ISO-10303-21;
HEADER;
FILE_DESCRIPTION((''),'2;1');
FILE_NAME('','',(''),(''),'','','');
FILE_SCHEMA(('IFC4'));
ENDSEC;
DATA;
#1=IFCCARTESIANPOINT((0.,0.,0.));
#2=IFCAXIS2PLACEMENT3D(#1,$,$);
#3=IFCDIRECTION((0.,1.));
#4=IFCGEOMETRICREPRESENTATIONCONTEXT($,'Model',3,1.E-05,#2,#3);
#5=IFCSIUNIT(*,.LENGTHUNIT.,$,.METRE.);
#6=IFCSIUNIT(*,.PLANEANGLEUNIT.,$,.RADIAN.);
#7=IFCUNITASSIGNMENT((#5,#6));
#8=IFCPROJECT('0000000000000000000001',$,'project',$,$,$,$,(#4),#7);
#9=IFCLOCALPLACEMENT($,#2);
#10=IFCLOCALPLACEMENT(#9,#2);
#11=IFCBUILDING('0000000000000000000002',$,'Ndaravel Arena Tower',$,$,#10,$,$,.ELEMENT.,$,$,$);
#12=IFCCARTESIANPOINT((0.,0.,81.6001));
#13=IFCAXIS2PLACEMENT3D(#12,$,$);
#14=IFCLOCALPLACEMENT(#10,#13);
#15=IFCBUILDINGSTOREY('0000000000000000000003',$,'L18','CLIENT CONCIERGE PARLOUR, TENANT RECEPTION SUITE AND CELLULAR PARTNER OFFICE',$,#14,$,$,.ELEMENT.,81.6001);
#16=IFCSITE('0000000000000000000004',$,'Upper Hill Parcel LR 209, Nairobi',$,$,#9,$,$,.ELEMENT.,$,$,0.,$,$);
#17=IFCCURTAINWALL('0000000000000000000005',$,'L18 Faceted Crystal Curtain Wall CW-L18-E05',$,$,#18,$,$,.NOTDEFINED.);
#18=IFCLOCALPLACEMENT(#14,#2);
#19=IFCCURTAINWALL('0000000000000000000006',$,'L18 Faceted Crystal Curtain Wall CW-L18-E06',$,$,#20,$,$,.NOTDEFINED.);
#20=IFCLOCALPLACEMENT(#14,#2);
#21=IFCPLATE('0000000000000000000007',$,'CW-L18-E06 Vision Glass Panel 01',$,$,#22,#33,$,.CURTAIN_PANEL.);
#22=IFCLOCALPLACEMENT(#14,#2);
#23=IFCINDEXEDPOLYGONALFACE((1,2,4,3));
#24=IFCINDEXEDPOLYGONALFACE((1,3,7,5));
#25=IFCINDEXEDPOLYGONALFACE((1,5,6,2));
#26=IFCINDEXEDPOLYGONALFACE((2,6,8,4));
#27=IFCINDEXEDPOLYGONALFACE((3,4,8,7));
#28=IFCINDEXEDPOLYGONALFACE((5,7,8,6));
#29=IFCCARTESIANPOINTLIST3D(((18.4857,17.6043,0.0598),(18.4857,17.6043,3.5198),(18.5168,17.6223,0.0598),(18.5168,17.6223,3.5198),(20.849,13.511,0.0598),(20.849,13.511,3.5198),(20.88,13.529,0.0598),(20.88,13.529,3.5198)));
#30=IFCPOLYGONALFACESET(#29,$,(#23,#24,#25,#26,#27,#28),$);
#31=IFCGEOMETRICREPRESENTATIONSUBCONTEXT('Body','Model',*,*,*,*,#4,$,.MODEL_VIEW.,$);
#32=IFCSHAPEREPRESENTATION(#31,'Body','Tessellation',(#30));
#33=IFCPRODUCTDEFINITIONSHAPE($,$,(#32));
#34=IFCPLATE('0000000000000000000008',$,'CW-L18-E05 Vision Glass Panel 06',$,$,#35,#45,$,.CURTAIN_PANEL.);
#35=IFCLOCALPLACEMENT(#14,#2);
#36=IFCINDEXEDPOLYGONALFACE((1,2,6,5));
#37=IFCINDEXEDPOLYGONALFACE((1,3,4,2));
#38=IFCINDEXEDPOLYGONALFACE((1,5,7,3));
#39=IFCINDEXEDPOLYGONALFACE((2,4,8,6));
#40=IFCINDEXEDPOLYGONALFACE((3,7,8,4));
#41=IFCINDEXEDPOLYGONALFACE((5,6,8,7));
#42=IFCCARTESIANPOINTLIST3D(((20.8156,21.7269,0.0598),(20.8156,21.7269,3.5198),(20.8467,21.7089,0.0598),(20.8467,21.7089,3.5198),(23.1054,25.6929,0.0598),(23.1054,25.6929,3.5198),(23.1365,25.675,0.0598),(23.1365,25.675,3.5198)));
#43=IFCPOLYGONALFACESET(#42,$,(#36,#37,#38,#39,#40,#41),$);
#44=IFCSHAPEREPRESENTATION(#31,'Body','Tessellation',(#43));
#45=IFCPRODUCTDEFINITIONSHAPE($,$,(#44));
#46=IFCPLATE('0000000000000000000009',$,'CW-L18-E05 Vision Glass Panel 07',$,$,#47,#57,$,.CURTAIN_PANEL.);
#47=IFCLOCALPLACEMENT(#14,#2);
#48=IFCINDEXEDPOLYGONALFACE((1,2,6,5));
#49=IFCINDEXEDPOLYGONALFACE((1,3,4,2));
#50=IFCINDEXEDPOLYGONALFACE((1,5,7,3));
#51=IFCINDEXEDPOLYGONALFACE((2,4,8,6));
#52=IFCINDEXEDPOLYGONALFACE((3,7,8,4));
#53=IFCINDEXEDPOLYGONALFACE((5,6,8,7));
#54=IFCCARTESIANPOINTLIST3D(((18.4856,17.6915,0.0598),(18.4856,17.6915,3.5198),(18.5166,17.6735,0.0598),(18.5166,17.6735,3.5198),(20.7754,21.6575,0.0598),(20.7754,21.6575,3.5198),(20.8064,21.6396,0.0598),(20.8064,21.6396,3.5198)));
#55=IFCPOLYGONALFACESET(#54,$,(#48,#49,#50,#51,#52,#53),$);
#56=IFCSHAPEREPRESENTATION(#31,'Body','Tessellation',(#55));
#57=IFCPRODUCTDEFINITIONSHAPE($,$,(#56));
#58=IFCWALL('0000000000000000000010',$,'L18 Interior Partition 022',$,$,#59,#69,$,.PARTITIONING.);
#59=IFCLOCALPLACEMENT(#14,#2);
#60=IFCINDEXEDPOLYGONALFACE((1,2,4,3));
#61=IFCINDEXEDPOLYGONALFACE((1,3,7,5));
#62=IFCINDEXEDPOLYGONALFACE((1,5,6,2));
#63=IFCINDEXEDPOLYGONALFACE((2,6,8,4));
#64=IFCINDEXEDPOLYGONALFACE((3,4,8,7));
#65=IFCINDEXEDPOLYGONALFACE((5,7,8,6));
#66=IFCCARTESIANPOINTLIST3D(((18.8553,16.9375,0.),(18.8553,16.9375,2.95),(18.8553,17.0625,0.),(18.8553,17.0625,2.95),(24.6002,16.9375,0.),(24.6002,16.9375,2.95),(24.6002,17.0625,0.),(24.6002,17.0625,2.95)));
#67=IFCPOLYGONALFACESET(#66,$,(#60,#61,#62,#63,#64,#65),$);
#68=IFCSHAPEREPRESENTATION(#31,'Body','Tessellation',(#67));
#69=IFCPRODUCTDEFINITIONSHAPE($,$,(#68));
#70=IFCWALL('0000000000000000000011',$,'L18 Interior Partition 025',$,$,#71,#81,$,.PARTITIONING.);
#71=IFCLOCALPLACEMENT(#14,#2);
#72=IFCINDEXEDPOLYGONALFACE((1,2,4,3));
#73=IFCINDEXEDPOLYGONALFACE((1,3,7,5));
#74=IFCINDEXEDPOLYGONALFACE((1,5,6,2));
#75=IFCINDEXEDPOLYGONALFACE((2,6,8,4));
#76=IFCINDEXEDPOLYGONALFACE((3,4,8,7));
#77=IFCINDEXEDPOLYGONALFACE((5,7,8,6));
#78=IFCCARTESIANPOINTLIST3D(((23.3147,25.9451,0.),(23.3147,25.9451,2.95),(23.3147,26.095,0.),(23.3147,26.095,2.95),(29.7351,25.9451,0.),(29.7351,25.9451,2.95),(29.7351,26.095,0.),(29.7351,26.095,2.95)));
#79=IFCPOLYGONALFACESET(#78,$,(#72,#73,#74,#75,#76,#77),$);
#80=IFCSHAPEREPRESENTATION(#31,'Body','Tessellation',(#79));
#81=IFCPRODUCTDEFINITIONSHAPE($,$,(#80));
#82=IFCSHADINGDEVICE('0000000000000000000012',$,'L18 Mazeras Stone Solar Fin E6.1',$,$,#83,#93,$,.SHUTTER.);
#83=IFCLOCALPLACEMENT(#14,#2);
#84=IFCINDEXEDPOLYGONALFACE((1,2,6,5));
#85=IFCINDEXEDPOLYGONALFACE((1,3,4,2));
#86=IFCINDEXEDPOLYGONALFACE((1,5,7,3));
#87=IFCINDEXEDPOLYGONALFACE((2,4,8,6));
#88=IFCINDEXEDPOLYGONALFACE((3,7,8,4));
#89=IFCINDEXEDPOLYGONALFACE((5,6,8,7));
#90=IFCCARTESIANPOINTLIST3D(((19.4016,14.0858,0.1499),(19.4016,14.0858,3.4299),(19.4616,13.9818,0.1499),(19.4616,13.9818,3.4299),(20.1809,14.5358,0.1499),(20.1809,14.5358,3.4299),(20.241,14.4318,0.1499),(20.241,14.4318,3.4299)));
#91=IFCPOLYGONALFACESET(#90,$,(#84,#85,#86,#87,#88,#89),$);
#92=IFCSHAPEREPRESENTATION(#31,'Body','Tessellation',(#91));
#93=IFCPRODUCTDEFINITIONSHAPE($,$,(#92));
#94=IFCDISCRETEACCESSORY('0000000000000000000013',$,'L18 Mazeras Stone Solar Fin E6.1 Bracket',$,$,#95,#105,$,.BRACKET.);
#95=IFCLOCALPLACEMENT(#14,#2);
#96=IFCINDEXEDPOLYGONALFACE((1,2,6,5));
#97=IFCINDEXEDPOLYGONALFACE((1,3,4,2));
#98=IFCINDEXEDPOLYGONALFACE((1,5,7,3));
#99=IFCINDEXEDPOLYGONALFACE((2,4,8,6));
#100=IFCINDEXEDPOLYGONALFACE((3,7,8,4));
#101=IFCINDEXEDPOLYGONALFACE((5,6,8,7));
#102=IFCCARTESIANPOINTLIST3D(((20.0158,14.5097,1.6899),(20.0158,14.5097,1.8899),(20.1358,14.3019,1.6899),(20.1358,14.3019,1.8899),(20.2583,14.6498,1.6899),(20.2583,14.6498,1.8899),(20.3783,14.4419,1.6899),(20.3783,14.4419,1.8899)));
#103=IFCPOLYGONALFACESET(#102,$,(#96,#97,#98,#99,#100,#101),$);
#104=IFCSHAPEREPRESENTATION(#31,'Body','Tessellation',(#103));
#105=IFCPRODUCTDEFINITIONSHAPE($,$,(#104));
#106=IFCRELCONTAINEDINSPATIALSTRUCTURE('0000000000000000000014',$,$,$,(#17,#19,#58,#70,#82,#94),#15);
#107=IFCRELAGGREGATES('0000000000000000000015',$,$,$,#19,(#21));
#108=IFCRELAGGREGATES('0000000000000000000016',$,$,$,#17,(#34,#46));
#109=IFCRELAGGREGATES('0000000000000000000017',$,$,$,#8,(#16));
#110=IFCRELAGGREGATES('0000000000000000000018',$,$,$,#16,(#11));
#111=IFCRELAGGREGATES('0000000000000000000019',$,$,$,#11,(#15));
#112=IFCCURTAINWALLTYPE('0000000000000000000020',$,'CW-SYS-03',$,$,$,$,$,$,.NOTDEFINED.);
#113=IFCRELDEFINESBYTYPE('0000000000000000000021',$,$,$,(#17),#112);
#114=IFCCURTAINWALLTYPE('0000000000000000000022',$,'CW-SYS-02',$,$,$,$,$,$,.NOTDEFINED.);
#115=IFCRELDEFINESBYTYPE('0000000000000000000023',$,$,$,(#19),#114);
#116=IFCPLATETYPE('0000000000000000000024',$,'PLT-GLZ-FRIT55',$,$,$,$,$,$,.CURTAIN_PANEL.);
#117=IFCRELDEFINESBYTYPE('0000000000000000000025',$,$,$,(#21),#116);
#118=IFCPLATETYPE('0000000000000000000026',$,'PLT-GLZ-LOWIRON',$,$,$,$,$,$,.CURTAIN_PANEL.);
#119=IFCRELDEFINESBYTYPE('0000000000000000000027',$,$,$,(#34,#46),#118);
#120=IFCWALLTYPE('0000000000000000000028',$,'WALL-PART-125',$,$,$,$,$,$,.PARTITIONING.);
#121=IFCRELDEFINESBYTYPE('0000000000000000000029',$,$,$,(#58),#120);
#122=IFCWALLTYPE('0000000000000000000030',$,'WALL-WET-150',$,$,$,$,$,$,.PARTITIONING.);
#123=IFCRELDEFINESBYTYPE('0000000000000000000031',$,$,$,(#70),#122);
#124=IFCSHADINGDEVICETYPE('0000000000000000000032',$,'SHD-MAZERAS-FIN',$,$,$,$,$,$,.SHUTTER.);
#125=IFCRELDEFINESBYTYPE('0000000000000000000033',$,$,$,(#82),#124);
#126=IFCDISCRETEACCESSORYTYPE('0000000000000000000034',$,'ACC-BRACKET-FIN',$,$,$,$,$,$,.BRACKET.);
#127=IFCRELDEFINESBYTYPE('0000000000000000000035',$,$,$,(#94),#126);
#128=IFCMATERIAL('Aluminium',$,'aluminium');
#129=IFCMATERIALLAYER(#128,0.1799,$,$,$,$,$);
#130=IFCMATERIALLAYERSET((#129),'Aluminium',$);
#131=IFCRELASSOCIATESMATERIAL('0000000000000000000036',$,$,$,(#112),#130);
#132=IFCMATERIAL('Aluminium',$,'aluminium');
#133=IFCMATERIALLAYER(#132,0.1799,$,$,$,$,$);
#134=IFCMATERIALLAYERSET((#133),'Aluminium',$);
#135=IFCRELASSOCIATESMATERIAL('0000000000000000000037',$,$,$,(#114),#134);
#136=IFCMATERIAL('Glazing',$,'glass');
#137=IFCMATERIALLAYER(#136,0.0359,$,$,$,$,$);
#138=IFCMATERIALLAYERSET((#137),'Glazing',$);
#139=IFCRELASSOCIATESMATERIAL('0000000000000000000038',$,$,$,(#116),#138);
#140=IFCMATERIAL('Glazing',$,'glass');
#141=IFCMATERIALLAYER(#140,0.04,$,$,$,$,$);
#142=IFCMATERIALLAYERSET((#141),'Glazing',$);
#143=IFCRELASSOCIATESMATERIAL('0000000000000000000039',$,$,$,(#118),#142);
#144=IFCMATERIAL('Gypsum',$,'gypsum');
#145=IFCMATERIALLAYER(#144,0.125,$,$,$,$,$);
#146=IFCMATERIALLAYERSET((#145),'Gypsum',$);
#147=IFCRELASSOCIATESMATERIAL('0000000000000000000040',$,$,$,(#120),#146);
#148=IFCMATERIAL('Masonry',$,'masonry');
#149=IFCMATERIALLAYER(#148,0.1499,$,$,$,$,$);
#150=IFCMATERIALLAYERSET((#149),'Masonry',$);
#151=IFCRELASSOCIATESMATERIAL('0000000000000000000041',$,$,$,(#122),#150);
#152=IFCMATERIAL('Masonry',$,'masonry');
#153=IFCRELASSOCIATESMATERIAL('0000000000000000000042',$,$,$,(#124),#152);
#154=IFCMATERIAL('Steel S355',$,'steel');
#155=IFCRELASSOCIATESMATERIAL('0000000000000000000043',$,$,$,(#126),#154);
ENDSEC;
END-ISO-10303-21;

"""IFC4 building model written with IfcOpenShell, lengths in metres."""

from ifc_helpers import new_model, si_unit, direction, frame, frame_2d, origin, origin_2d, place, context, subcontext, project, spatial, rectangle, extrude, material, layer, layer_set, type_object, element, aggregate, save


model = new_model("IFC4")

# Units and contexts
model_context = context("Model", 3, precision=1e-05, world=origin(), true_north=direction((0.0, 1.0)))
body_context = subcontext(model_context, "Body", "Model", "MODEL_VIEW")
ifc_project = project(units=[si_unit("LENGTHUNIT", "METRE"), si_unit("PLANEANGLEUNIT", "RADIAN")], contexts=[model_context])

# Site, building, storey
site_placement = place(None, origin())
site = spatial("IfcSite", under=ifc_project, at=site_placement, Name="Upper Hill Parcel LR 209, Nairobi", CompositionType="ELEMENT", RefElevation=0.0)
building_placement = place(site_placement, origin())
building = spatial("IfcBuilding", under=site, at=building_placement, Name="Ndaravel Arena Tower", CompositionType="ELEMENT")
storey_placement = place(building_placement, frame((0.0, 0.0, 81.6001)))
storey = spatial("IfcBuildingStorey", under=building, at=storey_placement, Name="L18", Description="CLIENT CONCIERGE PARLOUR, TENANT RECEPTION SUITE AND CELLULAR PARTNER OFFICE", CompositionType="ELEMENT", Elevation=81.6001)

# Curtain wall
ifc_material_1 = material(Name="Aluminium", Category="aluminium")
ifc_layer_1 = layer(ifc_material_1, 0.1799)
ifc_layer_set_1 = layer_set([ifc_layer_1], Name="Aluminium")
curtain_wall_type_1 = type_object("IfcCurtainWallType", Name="CW-SYS-03", PredefinedType="NOTDEFINED", material=ifc_layer_set_1)
curtain_wall_1_placement = place(storey_placement, origin())
curtain_wall_1 = element("IfcCurtainWall", 1, at=curtain_wall_1_placement, inside=storey, type_object=curtain_wall_type_1, Name="L18 Faceted Crystal Curtain Wall CW-L18-E05", PredefinedType="NOTDEFINED")

# Curtain wall, plate
ifc_material_2 = material(Name="Aluminium", Category="aluminium")
ifc_layer_2 = layer(ifc_material_2, 0.1799)
ifc_layer_set_2 = layer_set([ifc_layer_2], Name="Aluminium")
curtain_wall_type_2 = type_object("IfcCurtainWallType", Name="CW-SYS-02", PredefinedType="NOTDEFINED", material=ifc_layer_set_2)
curtain_wall_2_placement = place(storey_placement, origin())
curtain_wall_2 = element("IfcCurtainWall", 2, at=curtain_wall_2_placement, inside=storey, type_object=curtain_wall_type_2, Name="L18 Faceted Crystal Curtain Wall CW-L18-E06", PredefinedType="NOTDEFINED")
ifc_material_3 = material(Name="Glazing", Category="glass")
ifc_layer_3 = layer(ifc_material_3, 0.0359)
ifc_layer_set_3 = layer_set([ifc_layer_3], Name="Glazing")
plate_type_1 = type_object("IfcPlateType", Name="PLT-GLZ-FRIT55", PredefinedType="CURTAIN_PANEL", material=ifc_layer_set_3)
plate_1_placement = place(storey_placement, frame((19.6829, 15.5667, 0.0598), z_axis=(0.0, 0.0, 1.0), x_axis=(0.5, -0.866025, 0.0)))
plate_1 = element("IfcPlate", 3, at=plate_1_placement, type_object=plate_type_1, Name="CW-L18-E06 Vision Glass Panel 01", PredefinedType="CURTAIN_PANEL", context=body_context, shape_type="SweptSolid", body=[
    extrude(rectangle(XDim=4.7266, YDim=0.0359, at=origin_2d()), origin(), (0.0, 0.0, 1.0), 3.46),
])
aggregate(curtain_wall_2, [plate_1])

# Plates
ifc_material_4 = material(Name="Glazing", Category="glass")
ifc_layer_4 = layer(ifc_material_4, 0.04)
ifc_layer_set_4 = layer_set([ifc_layer_4], Name="Glazing")
plate_type_2 = type_object("IfcPlateType", Name="PLT-GLZ-LOWIRON", PredefinedType="CURTAIN_PANEL", material=ifc_layer_set_4)
plate_2_placement = place(storey_placement, frame((21.9761, 23.7009, 0.0598), z_axis=(0.0, 0.0, 1.0), x_axis=(-0.5, -0.866025, 0.0)))
plate_2 = element("IfcPlate", 4, at=plate_2_placement, type_object=plate_type_2, Name="CW-L18-E05 Vision Glass Panel 06", PredefinedType="CURTAIN_PANEL", context=body_context, shape_type="SweptSolid", body=[
    extrude(rectangle(XDim=4.5796, YDim=0.0359, at=origin_2d()), origin(), (0.0, 0.0, 1.0), 3.46),
])
plate_3_placement = place(storey_placement, frame((19.646, 19.6655, 0.0598), z_axis=(0.0, 0.0, 1.0), x_axis=(-0.5, -0.866025, 0.0)))
plate_3 = element("IfcPlate", 5, at=plate_3_placement, type_object=plate_type_2, Name="CW-L18-E05 Vision Glass Panel 07", PredefinedType="CURTAIN_PANEL", context=body_context, shape_type="SweptSolid", body=[
    extrude(rectangle(XDim=4.5796, YDim=0.0359, at=origin_2d()), origin(), (0.0, 0.0, 1.0), 3.46),
])
aggregate(curtain_wall_1, [plate_2, plate_3])

# Walls
ifc_material_5 = material(Name="Gypsum", Category="gypsum")
ifc_layer_5 = layer(ifc_material_5, 0.125)
ifc_layer_set_5 = layer_set([ifc_layer_5], Name="Gypsum")
wall_type_1 = type_object("IfcWallType", Name="WALL-PART-125", PredefinedType="PARTITIONING", material=ifc_layer_set_5)
wall_1_placement = place(storey_placement, frame((18.8552, 17.0, 0.0), z_axis=(0.0, 0.0, 1.0), x_axis=(1.0, 0.0, 0.0)))
element("IfcWall", 6, at=wall_1_placement, inside=storey, type_object=wall_type_1, Name="L18 Interior Partition 022", PredefinedType="PARTITIONING", context=body_context, shape_type="SweptSolid", body=[
    extrude(rectangle(XDim=5.7449, YDim=0.125, at=frame_2d((2.8726, 0.0))), origin(), (0.0, 0.0, 1.0), 2.95),
])
ifc_material_6 = material(Name="Masonry", Category="masonry")
ifc_layer_6 = layer(ifc_material_6, 0.1499)
ifc_layer_set_6 = layer_set([ifc_layer_6], Name="Masonry")
wall_type_2 = type_object("IfcWallType", Name="WALL-WET-150", PredefinedType="PARTITIONING", material=ifc_layer_set_6)
wall_2_placement = place(storey_placement, frame((23.3147, 26.02, 0.0), z_axis=(0.0, 0.0, 1.0), x_axis=(1.0, 0.0, 0.0)))
element("IfcWall", 7, at=wall_2_placement, inside=storey, type_object=wall_type_2, Name="L18 Interior Partition 025", PredefinedType="PARTITIONING", context=body_context, shape_type="SweptSolid", body=[
    extrude(rectangle(XDim=6.4204, YDim=0.1499, at=frame_2d((3.2102, 0.0))), origin(), (0.0, 0.0, 1.0), 2.95),
])

# Shading device
ifc_material_7 = material(Name="Masonry", Category="masonry")
shading_device_type = type_object("IfcShadingDeviceType", Name="SHD-MAZERAS-FIN", PredefinedType="SHUTTER", material=ifc_material_7)
shading_device_placement = place(storey_placement, frame((19.8213, 14.2588, 0.1499), z_axis=(0.0, 0.0, 1.0), x_axis=(-0.866025, -0.5, 0.0)))
element("IfcShadingDevice", 8, at=shading_device_placement, inside=storey, type_object=shading_device_type, Name="L18 Mazeras Stone Solar Fin E6.1", PredefinedType="SHUTTER", context=body_context, shape_type="SweptSolid", body=[
    extrude(rectangle(XDim=0.8999, YDim=0.1201, at=origin_2d()), origin(), (0.0, 0.0, 1.0), 3.28),
])

# Discrete accessory
ifc_material_8 = material(Name="Steel S355", Category="steel")
discrete_accessory_type = type_object("IfcDiscreteAccessoryType", Name="ACC-BRACKET-FIN", PredefinedType="BRACKET", material=ifc_material_8)
discrete_accessory_placement = place(storey_placement, frame((20.197, 14.4758, 1.6899), z_axis=(0.0, 0.0, 1.0), x_axis=(-0.866025, -0.5, 0.0)))
element("IfcDiscreteAccessory", 9, at=discrete_accessory_placement, inside=storey, type_object=discrete_accessory_type, Name="L18 Mazeras Stone Solar Fin E6.1 Bracket", PredefinedType="BRACKET", context=body_context, shape_type="SweptSolid", body=[
    extrude(rectangle(XDim=0.28, YDim=0.24, at=origin_2d()), origin(), (0.0, 0.0, 1.0), 0.2),
])

save(model, "model.ifc")
